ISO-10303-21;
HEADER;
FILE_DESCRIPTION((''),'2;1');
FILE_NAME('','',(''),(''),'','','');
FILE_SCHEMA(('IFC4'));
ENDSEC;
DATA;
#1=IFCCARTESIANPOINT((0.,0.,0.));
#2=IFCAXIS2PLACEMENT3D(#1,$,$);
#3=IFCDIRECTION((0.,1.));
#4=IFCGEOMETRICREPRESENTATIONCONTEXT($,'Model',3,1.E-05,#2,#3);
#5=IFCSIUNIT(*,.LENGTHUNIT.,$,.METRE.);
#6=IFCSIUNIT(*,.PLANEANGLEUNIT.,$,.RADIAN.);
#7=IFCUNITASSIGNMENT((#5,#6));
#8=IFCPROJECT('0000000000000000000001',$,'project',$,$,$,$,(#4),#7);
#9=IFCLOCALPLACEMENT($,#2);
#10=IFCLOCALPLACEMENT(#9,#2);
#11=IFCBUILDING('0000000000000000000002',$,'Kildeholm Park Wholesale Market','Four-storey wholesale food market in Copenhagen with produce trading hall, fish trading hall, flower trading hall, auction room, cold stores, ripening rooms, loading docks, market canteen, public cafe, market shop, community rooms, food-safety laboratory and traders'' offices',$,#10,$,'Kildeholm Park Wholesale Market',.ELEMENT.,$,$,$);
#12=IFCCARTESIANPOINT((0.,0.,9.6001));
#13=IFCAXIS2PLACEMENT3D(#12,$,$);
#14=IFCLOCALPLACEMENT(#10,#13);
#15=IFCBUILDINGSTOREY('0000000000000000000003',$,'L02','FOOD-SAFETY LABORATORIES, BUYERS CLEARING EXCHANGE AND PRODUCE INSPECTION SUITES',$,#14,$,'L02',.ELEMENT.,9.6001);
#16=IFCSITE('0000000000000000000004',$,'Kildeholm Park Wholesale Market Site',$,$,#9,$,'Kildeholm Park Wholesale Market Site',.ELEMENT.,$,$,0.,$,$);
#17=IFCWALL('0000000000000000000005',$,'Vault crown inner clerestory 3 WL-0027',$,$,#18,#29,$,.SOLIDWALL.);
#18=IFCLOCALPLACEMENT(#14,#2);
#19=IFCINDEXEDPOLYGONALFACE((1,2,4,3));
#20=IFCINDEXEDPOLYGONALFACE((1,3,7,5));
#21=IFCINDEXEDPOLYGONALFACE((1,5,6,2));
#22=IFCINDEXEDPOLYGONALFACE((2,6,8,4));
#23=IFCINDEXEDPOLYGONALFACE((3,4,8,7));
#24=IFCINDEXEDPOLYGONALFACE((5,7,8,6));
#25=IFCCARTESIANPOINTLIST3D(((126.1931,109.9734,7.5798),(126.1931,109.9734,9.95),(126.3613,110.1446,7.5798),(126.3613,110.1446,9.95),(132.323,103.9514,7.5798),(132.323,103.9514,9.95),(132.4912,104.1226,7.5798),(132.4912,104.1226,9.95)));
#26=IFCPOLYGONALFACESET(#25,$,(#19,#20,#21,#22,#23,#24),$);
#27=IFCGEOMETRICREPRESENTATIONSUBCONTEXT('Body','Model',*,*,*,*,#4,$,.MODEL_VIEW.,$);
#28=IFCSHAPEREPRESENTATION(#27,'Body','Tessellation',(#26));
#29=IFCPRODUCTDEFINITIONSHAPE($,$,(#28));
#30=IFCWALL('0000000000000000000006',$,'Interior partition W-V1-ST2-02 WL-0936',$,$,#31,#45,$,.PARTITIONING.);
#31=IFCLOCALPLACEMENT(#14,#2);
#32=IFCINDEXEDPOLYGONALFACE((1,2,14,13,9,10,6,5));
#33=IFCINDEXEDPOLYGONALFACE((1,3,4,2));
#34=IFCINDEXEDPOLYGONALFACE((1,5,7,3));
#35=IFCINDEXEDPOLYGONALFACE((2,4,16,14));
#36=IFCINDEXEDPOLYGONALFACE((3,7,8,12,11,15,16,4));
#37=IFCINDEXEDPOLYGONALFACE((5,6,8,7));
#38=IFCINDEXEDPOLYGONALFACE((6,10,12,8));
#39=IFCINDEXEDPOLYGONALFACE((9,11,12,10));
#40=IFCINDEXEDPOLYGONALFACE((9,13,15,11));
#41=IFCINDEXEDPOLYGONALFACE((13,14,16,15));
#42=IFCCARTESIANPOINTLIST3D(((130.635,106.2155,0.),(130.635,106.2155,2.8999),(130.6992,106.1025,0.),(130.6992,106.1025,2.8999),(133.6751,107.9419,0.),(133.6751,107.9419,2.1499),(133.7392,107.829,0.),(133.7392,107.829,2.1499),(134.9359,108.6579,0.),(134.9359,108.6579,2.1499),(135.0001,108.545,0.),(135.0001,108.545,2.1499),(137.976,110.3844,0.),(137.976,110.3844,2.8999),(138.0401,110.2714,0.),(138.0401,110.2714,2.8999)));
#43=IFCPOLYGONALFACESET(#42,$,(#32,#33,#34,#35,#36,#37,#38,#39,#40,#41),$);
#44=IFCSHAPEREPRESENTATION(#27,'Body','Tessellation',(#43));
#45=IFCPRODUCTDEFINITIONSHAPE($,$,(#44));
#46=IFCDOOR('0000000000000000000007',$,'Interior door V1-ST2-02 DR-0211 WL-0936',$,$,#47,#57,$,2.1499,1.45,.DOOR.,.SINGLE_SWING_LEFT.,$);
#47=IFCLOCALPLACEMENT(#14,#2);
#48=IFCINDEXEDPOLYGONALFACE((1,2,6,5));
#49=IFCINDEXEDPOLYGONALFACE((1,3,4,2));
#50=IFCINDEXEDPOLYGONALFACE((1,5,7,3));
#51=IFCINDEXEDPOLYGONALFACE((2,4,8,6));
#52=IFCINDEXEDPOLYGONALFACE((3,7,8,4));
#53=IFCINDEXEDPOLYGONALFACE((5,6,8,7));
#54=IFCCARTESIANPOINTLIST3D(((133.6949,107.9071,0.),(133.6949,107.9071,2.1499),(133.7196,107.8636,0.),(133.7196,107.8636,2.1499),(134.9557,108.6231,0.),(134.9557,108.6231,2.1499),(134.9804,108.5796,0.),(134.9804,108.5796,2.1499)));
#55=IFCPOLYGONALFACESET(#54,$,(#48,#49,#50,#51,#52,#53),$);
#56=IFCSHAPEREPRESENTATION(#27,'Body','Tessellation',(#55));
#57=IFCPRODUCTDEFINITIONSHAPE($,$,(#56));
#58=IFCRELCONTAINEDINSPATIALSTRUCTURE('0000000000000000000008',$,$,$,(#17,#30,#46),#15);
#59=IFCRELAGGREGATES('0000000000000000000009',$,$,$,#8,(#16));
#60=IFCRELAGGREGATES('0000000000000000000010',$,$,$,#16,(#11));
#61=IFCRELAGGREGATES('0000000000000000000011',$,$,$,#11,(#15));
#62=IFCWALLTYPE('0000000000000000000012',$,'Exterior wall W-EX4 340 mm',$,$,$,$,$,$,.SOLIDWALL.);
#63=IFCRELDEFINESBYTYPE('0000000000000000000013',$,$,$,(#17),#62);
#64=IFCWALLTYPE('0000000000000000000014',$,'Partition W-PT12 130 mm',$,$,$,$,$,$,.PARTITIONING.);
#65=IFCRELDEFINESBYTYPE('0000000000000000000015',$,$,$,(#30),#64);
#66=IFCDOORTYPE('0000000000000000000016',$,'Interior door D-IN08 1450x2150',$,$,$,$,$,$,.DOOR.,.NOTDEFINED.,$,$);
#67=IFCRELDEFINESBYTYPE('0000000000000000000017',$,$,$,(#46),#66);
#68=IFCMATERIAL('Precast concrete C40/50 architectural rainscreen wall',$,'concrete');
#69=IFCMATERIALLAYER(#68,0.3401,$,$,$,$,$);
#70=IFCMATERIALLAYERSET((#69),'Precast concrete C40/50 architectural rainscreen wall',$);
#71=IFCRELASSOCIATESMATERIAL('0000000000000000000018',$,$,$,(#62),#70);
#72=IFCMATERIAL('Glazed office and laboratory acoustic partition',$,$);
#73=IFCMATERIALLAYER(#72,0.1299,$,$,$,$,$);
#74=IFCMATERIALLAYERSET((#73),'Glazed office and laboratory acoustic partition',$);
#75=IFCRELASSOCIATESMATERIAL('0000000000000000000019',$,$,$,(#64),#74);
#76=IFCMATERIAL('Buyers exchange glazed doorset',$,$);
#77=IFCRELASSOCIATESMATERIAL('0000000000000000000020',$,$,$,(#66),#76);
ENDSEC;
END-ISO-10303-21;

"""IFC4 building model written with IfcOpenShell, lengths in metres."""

from ifc_helpers import new_model, si_unit, direction, frame, frame_2d, origin, place, context, subcontext, project, spatial, rectangle, extrude, material, layer, layer_set, type_object, element, fill, save


model = new_model("IFC4")

# Units and contexts
model_context = context("Model", 3, precision=1e-05, world=origin(), true_north=direction((0.0, 1.0)))
body_context = subcontext(model_context, "Body", "Model", "MODEL_VIEW")
ifc_project = project(units=[si_unit("LENGTHUNIT", "METRE"), si_unit("PLANEANGLEUNIT", "RADIAN")], contexts=[model_context])

# Site, building, storey
site_placement = place(None, origin())
site = spatial("IfcSite", under=ifc_project, at=site_placement, Name="Kildeholm Park Wholesale Market Site", LongName="Kildeholm Park Wholesale Market Site", CompositionType="ELEMENT", RefElevation=0.0)
building_placement = place(site_placement, origin())
building = spatial("IfcBuilding", under=site, at=building_placement, Name="Kildeholm Park Wholesale Market", Description="Four-storey wholesale food market in Copenhagen with produce trading hall, fish trading hall, flower trading hall, auction room, cold stores, ripening rooms, loading docks, market canteen, public cafe, market shop, community rooms, food-safety laboratory and traders' offices", LongName="Kildeholm Park Wholesale Market", CompositionType="ELEMENT")
storey_placement = place(building_placement, frame((0.0, 0.0, 9.6001)))
storey = spatial("IfcBuildingStorey", under=building, at=storey_placement, Name="L02", Description="FOOD-SAFETY LABORATORIES, BUYERS CLEARING EXCHANGE AND PRODUCE INSPECTION SUITES", LongName="L02", CompositionType="ELEMENT", Elevation=9.6001)

# Wall
ifc_material_1 = material(Name="Precast concrete C40/50 architectural rainscreen wall", Category="concrete")
ifc_layer_1 = layer(ifc_material_1, 0.3401)
ifc_layer_set_1 = layer_set([ifc_layer_1], Name="Precast concrete C40/50 architectural rainscreen wall")
wall_type_1 = type_object("IfcWallType", Name="Exterior wall W-EX4 340 mm", PredefinedType="SOLIDWALL", material=ifc_layer_set_1)
wall_1_placement = place(storey_placement, frame((132.407, 104.0371, 7.5798), z_axis=(0.0, 0.0, 1.0), x_axis=(-0.713358, 0.7008, 0.0)))
element("IfcWall", 1, at=wall_1_placement, inside=storey, type_object=wall_type_1, Name="Vault crown inner clerestory 3 WL-0027", PredefinedType="SOLIDWALL", context=body_context, shape_type="SweptSolid", body=[
    extrude(rectangle(XDim=8.593, YDim=0.24, at=frame_2d((4.2964, 0.0))), origin(), (0.0, 0.0, 1.0), 2.3701),
])

# Wall, opening, door
ifc_material_2 = material(Name="Glazed office and laboratory acoustic partition")
ifc_layer_2 = layer(ifc_material_2, 0.1299)
ifc_layer_set_2 = layer_set([ifc_layer_2], Name="Glazed office and laboratory acoustic partition")
wall_type_2 = type_object("IfcWallType", Name="Partition W-PT12 130 mm", PredefinedType="PARTITIONING", material=ifc_layer_set_2)
wall_2_placement = place(storey_placement, frame((130.667, 106.1589, 0.0), z_axis=(0.0, 0.0, 1.0), x_axis=(0.869564, 0.49382, 0.0)))
wall_2 = element("IfcWall", 2, at=wall_2_placement, inside=storey, type_object=wall_type_2, Name="Interior partition W-V1-ST2-02 WL-0936", PredefinedType="PARTITIONING", context=body_context, shape_type="SweptSolid", body=[
    extrude(rectangle(XDim=8.4421, YDim=0.1299, at=frame_2d((4.2212, 0.0))), origin(), (0.0, 0.0, 1.0), 2.8999),
])
opening_placement = place(wall_2_placement, frame((3.4961, 0.0, 0.0)))
opening = element("IfcOpeningElement", 3, at=opening_placement, cuts=wall_2, PredefinedType="OPENING", context=body_context, shape_type="SweptSolid", body=[
    extrude(rectangle(XDim=1.45, YDim=2.1499, at=frame_2d((0.7251, 1.075))), frame((0.0, 0.075, 0.0), z_axis=(0.0, -1.0, 0.0), x_axis=(1.0, 0.0, 0.0)), (0.0, 0.0, 1.0), 0.1499),
])
ifc_material_3 = material(Name="Buyers exchange glazed doorset")
door_type = type_object("IfcDoorType", Name="Interior door D-IN08 1450x2150", OperationType="NOTDEFINED", PredefinedType="DOOR", material=ifc_material_3)
door_placement = place(opening_placement, origin())
door = element("IfcDoor", 4, at=door_placement, inside=storey, type_object=door_type, Name="Interior door V1-ST2-02 DR-0211 WL-0936", OperationType="SINGLE_SWING_LEFT", OverallHeight=2.1499, OverallWidth=1.45, PredefinedType="DOOR", context=body_context, shape_type="SweptSolid", body=[
    extrude(rectangle(XDim=1.45, YDim=2.1499, at=frame_2d((0.7251, 1.075))), frame((0.0, 0.0249, 0.0), z_axis=(0.0, -1.0, 0.0), x_axis=(1.0, 0.0, 0.0)), (0.0, 0.0, 1.0), 0.05),
])
fill(opening, door)

save(model, "model.ifc")
